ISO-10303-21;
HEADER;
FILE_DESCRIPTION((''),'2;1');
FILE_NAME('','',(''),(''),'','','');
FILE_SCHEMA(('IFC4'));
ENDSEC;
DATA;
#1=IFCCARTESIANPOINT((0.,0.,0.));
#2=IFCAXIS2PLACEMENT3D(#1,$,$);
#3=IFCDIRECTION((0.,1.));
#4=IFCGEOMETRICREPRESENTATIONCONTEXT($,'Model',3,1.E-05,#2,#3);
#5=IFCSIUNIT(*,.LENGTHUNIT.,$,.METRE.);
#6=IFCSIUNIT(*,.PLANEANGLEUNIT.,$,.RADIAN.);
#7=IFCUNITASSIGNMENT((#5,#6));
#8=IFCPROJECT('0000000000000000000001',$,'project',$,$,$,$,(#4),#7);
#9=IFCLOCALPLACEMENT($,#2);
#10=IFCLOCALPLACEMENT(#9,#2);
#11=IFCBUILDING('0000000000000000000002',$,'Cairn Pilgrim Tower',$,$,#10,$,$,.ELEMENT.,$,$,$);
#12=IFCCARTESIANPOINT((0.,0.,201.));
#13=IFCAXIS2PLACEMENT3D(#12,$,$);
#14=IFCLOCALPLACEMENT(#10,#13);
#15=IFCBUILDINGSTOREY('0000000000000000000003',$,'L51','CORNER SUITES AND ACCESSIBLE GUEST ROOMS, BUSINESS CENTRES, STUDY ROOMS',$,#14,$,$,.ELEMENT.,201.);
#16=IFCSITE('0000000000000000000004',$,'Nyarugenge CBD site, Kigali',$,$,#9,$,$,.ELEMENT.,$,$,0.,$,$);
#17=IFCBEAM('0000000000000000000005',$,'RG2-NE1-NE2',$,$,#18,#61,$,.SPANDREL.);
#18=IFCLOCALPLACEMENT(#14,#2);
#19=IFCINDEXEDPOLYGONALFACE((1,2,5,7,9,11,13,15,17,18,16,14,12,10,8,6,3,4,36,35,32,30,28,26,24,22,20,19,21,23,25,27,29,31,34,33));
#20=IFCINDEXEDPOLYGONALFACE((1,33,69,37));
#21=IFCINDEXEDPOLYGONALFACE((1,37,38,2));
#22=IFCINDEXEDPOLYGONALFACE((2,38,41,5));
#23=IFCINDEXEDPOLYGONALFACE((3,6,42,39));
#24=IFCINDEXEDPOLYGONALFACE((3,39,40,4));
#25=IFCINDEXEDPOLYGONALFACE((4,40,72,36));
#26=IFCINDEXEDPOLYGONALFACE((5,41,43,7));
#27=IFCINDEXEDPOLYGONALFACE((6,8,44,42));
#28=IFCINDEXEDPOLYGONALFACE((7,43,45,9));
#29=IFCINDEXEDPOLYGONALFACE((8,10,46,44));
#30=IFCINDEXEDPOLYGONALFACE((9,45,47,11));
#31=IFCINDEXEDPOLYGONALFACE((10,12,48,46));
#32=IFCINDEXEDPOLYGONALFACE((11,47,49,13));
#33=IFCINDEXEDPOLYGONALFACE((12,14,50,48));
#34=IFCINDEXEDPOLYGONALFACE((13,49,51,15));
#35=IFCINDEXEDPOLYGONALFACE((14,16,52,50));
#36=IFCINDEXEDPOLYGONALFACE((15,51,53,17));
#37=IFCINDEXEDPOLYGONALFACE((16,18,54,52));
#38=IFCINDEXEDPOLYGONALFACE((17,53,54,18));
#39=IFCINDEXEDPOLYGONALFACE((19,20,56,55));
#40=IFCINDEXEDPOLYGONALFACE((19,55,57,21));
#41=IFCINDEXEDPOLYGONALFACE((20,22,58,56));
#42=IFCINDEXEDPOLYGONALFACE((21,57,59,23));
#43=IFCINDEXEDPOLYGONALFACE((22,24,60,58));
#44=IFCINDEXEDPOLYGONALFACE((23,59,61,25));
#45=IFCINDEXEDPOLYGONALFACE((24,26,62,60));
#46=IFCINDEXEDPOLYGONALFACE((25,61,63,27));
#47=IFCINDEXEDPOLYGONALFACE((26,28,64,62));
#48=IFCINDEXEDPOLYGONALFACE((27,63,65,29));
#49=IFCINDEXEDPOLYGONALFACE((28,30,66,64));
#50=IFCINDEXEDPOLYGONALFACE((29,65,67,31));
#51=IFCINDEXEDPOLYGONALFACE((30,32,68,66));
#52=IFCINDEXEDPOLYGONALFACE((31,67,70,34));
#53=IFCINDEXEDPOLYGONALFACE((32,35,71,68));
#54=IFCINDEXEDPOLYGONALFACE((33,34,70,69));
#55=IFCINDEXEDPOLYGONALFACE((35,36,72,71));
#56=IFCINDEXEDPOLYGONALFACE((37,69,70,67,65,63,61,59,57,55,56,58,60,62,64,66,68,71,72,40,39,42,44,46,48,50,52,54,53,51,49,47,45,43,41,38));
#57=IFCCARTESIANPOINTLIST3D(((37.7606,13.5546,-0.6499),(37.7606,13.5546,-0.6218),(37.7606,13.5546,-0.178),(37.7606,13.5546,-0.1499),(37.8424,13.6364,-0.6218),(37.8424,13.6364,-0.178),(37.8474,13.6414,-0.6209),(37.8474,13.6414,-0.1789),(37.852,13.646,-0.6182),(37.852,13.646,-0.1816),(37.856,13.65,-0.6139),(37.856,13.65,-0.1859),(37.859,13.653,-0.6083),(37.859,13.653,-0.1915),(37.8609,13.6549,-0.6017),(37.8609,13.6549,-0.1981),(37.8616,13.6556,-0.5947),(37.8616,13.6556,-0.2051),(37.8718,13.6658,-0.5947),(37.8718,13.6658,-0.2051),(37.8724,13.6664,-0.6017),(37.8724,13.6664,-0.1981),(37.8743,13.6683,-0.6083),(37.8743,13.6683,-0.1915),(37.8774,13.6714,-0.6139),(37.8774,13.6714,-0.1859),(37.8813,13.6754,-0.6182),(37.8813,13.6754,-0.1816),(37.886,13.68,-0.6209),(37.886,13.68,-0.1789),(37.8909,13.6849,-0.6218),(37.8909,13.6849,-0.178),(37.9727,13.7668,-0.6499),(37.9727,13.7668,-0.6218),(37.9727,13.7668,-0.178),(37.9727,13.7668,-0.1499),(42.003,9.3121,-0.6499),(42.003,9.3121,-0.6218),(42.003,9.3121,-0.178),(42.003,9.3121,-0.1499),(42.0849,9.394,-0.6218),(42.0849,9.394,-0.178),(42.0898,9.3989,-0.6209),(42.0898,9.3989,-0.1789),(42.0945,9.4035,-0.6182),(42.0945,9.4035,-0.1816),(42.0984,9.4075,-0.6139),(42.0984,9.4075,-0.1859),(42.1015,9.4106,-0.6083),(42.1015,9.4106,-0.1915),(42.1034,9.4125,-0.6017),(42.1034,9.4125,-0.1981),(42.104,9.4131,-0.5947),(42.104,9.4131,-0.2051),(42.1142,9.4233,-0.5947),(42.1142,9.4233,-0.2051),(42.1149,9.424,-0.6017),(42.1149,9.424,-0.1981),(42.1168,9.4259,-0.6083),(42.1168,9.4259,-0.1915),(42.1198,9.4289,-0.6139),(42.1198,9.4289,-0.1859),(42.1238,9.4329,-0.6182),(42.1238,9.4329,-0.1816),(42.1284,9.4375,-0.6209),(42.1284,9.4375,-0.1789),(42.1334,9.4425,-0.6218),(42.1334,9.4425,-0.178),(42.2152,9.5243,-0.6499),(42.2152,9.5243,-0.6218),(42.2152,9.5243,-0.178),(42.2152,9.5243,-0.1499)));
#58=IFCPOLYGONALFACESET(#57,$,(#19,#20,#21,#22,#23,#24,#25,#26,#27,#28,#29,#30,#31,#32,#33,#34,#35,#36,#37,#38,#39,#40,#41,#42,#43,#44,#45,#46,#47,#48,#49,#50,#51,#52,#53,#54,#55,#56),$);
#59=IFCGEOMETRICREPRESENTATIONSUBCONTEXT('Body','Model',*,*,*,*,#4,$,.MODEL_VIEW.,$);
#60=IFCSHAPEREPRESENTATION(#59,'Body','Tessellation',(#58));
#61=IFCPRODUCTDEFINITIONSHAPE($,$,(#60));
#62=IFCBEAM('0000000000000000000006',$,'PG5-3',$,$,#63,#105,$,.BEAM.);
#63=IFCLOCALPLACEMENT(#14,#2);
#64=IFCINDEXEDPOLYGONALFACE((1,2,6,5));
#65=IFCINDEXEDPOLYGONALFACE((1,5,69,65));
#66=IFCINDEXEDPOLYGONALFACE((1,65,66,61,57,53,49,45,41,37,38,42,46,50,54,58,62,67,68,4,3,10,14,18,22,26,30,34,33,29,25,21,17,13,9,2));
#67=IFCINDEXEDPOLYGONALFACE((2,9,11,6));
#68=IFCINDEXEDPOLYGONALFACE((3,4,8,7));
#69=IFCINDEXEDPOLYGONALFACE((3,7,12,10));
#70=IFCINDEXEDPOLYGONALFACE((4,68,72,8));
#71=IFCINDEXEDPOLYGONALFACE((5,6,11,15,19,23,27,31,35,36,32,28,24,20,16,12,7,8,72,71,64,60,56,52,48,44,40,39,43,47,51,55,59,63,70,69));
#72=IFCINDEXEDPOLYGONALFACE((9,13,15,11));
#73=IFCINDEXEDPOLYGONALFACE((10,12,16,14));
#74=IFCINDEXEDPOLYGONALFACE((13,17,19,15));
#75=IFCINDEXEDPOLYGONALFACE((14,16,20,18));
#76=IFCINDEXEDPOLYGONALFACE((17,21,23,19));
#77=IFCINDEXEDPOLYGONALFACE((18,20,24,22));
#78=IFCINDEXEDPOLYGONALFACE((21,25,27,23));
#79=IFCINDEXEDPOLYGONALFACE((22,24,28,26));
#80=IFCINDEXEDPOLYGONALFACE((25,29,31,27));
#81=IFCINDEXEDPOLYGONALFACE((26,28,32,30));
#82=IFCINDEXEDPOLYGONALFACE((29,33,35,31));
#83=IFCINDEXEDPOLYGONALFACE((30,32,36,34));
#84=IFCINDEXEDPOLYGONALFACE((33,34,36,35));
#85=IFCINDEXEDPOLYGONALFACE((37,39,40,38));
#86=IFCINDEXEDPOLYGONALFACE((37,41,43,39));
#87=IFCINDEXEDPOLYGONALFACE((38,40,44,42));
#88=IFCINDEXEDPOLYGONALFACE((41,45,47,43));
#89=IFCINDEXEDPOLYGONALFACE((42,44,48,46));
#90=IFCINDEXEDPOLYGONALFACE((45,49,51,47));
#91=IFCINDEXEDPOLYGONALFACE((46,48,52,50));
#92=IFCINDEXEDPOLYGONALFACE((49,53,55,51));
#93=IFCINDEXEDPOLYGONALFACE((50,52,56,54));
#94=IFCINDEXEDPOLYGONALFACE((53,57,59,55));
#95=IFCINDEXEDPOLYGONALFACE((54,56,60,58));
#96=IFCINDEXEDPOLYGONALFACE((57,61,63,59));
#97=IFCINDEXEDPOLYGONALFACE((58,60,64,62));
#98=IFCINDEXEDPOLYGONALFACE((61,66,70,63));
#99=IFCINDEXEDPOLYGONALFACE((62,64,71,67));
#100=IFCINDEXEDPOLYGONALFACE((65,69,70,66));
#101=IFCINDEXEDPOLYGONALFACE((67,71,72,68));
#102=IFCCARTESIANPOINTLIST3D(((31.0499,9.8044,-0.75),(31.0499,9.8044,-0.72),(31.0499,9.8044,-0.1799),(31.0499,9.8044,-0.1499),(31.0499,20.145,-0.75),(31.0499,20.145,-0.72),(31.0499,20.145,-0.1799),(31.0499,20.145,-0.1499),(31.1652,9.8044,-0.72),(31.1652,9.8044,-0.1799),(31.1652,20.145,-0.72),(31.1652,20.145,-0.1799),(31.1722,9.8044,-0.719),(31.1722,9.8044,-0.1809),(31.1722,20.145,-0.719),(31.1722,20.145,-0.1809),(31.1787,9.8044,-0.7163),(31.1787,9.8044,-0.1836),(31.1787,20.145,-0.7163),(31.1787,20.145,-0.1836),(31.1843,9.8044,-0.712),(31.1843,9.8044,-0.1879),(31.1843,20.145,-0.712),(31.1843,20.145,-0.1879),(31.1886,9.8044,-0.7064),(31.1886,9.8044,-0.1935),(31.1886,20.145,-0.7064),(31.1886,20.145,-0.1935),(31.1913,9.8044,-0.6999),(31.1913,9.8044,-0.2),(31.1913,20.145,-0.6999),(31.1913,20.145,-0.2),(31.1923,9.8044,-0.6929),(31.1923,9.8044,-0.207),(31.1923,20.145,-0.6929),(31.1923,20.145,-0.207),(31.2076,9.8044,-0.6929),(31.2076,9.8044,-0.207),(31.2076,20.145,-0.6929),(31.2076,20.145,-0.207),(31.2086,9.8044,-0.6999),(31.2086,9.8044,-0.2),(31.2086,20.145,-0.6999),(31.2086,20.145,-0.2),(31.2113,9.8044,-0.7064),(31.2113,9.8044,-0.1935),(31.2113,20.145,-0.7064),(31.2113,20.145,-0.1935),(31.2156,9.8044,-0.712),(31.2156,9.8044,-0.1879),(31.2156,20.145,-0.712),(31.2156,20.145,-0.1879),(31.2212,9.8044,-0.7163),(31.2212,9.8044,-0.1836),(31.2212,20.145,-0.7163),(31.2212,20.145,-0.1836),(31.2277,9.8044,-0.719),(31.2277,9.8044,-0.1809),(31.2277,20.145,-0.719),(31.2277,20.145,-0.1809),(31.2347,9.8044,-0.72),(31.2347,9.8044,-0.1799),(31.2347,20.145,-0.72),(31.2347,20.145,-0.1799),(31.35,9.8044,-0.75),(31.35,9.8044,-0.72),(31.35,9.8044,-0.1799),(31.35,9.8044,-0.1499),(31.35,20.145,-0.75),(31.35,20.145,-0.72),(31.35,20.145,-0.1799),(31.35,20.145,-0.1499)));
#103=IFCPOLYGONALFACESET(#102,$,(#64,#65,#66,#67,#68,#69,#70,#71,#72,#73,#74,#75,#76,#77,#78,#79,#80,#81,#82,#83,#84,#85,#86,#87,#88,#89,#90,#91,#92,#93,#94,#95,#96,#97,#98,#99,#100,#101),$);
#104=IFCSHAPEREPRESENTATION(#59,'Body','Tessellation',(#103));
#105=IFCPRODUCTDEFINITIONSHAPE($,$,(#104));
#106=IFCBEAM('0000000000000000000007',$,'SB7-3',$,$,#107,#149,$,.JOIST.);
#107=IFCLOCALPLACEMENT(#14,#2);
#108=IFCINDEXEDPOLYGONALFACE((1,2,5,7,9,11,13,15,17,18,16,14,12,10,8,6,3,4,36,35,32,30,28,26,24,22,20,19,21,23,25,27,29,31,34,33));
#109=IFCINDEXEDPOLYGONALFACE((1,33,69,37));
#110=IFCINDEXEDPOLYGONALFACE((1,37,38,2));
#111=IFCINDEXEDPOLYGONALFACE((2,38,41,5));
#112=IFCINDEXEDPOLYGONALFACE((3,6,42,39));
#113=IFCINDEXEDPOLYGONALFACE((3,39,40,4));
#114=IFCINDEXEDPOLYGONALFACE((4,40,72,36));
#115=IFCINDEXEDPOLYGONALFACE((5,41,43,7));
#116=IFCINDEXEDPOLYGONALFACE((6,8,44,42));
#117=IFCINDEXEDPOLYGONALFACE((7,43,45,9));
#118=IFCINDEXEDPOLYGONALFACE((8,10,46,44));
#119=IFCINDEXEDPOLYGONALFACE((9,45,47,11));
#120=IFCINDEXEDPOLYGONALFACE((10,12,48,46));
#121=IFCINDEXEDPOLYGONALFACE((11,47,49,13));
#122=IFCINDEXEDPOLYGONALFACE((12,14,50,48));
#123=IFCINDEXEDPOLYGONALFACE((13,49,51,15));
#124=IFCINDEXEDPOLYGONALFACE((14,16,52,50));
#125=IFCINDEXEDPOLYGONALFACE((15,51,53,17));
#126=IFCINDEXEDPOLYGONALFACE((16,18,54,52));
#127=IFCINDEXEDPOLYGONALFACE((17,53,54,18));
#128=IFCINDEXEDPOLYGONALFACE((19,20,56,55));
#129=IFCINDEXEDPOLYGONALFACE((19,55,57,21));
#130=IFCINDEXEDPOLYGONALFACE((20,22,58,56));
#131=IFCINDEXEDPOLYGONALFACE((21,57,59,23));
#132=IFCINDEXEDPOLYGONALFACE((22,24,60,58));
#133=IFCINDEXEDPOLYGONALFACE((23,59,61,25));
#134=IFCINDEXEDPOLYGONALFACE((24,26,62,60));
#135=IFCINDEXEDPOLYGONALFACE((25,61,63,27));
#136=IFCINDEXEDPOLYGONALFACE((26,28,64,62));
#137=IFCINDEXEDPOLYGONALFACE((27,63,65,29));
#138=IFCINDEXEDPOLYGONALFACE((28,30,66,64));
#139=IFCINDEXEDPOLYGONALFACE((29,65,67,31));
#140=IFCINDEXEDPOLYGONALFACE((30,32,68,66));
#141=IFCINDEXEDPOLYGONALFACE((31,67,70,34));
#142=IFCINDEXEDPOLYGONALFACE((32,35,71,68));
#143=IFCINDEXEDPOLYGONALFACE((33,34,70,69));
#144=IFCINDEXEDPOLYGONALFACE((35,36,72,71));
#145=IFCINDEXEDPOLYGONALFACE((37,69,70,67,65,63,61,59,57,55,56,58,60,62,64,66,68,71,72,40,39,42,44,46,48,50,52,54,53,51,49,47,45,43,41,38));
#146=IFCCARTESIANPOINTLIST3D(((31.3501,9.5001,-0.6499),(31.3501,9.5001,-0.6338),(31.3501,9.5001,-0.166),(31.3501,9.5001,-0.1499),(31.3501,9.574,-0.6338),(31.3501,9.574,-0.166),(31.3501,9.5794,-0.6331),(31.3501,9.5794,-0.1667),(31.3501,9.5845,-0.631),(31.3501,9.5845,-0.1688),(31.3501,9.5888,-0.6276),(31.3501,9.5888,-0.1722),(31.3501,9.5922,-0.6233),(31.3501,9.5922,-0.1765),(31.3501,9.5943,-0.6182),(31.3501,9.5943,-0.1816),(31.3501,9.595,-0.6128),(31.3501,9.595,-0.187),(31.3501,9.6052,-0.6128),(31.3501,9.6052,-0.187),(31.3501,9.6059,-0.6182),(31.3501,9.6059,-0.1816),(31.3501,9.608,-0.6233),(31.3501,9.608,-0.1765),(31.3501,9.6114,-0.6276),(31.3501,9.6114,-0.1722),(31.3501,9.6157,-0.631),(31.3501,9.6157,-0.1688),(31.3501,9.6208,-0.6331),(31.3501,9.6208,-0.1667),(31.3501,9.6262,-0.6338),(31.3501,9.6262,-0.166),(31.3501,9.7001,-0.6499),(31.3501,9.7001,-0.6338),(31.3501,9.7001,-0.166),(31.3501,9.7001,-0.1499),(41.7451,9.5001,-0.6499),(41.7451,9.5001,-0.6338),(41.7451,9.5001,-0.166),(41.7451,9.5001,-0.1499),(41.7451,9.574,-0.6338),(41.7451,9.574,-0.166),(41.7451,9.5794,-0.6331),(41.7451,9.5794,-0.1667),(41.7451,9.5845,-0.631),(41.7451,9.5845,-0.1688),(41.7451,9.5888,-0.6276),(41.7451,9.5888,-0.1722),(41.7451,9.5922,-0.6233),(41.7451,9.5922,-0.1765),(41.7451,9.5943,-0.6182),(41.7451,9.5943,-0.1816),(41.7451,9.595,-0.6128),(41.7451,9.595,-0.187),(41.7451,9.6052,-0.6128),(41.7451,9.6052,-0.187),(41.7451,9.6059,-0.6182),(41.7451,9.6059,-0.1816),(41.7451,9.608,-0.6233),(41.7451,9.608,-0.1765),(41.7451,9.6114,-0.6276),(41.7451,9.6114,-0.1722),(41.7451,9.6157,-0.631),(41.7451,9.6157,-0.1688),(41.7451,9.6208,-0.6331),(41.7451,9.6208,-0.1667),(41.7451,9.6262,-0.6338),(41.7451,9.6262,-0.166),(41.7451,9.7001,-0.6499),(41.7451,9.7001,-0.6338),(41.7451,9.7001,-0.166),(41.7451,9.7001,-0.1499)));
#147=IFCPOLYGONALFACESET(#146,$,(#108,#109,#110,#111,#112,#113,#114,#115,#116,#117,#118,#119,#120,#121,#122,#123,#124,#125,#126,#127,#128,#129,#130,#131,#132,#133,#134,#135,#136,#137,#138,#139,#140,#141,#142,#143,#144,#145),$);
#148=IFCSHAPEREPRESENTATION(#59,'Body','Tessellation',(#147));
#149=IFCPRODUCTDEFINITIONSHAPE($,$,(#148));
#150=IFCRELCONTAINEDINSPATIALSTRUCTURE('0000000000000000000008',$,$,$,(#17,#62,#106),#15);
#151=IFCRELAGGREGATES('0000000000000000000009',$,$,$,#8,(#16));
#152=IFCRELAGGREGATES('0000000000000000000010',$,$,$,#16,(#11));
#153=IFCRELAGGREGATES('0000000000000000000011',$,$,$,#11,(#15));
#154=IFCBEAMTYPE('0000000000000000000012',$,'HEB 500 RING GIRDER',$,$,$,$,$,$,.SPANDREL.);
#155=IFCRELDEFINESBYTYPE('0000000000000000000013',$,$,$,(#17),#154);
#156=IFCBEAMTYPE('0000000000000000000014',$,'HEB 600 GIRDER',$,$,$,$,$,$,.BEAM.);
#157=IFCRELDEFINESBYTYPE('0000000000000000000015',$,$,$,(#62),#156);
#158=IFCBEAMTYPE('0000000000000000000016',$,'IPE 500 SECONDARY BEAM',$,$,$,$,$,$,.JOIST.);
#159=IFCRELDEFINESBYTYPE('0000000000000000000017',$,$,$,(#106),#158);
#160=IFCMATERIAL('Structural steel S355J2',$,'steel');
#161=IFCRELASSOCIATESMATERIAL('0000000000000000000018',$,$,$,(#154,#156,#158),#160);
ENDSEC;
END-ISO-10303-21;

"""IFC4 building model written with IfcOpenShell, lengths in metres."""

from ifc_helpers import new_model, si_unit, direction, frame, origin, origin_2d, place, context, subcontext, project, spatial, i_section, extrude, material, material_profile, profile_set, type_object, element, save


model = new_model("IFC4")

# Units and contexts
model_context = context("Model", 3, precision=1e-05, world=origin(), true_north=direction((0.0, 1.0)))
body_context = subcontext(model_context, "Body", "Model", "MODEL_VIEW")
ifc_project = project(units=[si_unit("LENGTHUNIT", "METRE"), si_unit("PLANEANGLEUNIT", "RADIAN")], contexts=[model_context])

# Site, building, storey
site_placement = place(None, origin())
site = spatial("IfcSite", under=ifc_project, at=site_placement, Name="Nyarugenge CBD site, Kigali", CompositionType="ELEMENT", RefElevation=0.0)
building_placement = place(site_placement, origin())
building = spatial("IfcBuilding", under=site, at=building_placement, Name="Cairn Pilgrim Tower", CompositionType="ELEMENT")
storey_placement = place(building_placement, frame((0.0, 0.0, 201.0)))
storey = spatial("IfcBuildingStorey", under=building, at=storey_placement, Name="L51", Description="CORNER SUITES AND ACCESSIBLE GUEST ROOMS, BUSINESS CENTRES, STUDY ROOMS", CompositionType="ELEMENT", Elevation=201.0)

# Beams
ifc_material_1 = material(Name="Structural steel S355J2", Category="steel")
ifc_material_profile_1 = material_profile(ifc_material_1, i_section(OverallWidth=0.3, OverallDepth=0.5, WebThickness=0.0144, FlangeThickness=0.0281, FilletRadius=0.0271, at=origin_2d()), Name="HEB 500")
ifc_profile_set_1 = profile_set([ifc_material_profile_1], Name="Structural steel S355J2")
beam_type_1 = type_object("IfcBeamType", Name="HEB 500 RING GIRDER", PredefinedType="SPANDREL", material=ifc_profile_set_1)
beam_1_placement = place(storey_placement, frame((42.1091, 9.4182, -0.3999), z_axis=(-0.707107, 0.707107, 0.0), x_axis=(-0.707107, -0.707107, 0.0)))
element("IfcBeam", 1, at=beam_1_placement, inside=storey, type_object=beam_type_1, Name="RG2-NE1-NE2", PredefinedType="SPANDREL", context=body_context, shape_type="SweptSolid", body=[
    extrude(i_section(OverallWidth=0.3, OverallDepth=0.5, WebThickness=0.0144, FlangeThickness=0.0281, FilletRadius=0.0271, at=origin_2d()), origin(), (0.0, 0.0, 1.0), 5.9998),
])
ifc_material_profile_2 = material_profile(ifc_material_1, i_section(OverallWidth=0.3, OverallDepth=0.6001, WebThickness=0.0154, FlangeThickness=0.03, FilletRadius=0.0271, at=origin_2d()), Name="HEB 600")
ifc_profile_set_2 = profile_set([ifc_material_profile_2], Name="Structural steel S355J2")
beam_type_2 = type_object("IfcBeamType", Name="HEB 600 GIRDER", PredefinedType="BEAM", material=ifc_profile_set_2)
beam_2_placement = place(storey_placement, frame((31.2, 9.8044, -0.45), z_axis=(0.0, 1.0, 0.0), x_axis=(-1.0, 0.0, 0.0)))
element("IfcBeam", 2, at=beam_2_placement, inside=storey, type_object=beam_type_2, Name="PG5-3", PredefinedType="BEAM", context=body_context, shape_type="SweptSolid", body=[
    extrude(i_section(OverallWidth=0.3, OverallDepth=0.6001, WebThickness=0.0154, FlangeThickness=0.03, FilletRadius=0.0271, at=origin_2d()), origin(), (0.0, 0.0, 1.0), 10.3406),
])
ifc_material_profile_3 = material_profile(ifc_material_1, i_section(OverallWidth=0.2, OverallDepth=0.5, WebThickness=0.0103, FlangeThickness=0.0161, FilletRadius=0.021, at=origin_2d()), Name="IPE 500")
ifc_profile_set_3 = profile_set([ifc_material_profile_3], Name="Structural steel S355J2")
beam_type_3 = type_object("IfcBeamType", Name="IPE 500 SECONDARY BEAM", PredefinedType="JOIST", material=ifc_profile_set_3)
beam_3_placement = place(storey_placement, frame((31.3501, 9.6001, -0.3999), z_axis=(1.0, 0.0, 0.0), x_axis=(0.0, 1.0, 0.0)))
element("IfcBeam", 3, at=beam_3_placement, inside=storey, type_object=beam_type_3, Name="SB7-3", PredefinedType="JOIST", context=body_context, shape_type="SweptSolid", body=[
    extrude(i_section(OverallWidth=0.2, OverallDepth=0.5, WebThickness=0.0103, FlangeThickness=0.0161, FilletRadius=0.021, at=origin_2d()), origin(), (0.0, 0.0, 1.0), 10.395),
])

save(model, "model.ifc")
